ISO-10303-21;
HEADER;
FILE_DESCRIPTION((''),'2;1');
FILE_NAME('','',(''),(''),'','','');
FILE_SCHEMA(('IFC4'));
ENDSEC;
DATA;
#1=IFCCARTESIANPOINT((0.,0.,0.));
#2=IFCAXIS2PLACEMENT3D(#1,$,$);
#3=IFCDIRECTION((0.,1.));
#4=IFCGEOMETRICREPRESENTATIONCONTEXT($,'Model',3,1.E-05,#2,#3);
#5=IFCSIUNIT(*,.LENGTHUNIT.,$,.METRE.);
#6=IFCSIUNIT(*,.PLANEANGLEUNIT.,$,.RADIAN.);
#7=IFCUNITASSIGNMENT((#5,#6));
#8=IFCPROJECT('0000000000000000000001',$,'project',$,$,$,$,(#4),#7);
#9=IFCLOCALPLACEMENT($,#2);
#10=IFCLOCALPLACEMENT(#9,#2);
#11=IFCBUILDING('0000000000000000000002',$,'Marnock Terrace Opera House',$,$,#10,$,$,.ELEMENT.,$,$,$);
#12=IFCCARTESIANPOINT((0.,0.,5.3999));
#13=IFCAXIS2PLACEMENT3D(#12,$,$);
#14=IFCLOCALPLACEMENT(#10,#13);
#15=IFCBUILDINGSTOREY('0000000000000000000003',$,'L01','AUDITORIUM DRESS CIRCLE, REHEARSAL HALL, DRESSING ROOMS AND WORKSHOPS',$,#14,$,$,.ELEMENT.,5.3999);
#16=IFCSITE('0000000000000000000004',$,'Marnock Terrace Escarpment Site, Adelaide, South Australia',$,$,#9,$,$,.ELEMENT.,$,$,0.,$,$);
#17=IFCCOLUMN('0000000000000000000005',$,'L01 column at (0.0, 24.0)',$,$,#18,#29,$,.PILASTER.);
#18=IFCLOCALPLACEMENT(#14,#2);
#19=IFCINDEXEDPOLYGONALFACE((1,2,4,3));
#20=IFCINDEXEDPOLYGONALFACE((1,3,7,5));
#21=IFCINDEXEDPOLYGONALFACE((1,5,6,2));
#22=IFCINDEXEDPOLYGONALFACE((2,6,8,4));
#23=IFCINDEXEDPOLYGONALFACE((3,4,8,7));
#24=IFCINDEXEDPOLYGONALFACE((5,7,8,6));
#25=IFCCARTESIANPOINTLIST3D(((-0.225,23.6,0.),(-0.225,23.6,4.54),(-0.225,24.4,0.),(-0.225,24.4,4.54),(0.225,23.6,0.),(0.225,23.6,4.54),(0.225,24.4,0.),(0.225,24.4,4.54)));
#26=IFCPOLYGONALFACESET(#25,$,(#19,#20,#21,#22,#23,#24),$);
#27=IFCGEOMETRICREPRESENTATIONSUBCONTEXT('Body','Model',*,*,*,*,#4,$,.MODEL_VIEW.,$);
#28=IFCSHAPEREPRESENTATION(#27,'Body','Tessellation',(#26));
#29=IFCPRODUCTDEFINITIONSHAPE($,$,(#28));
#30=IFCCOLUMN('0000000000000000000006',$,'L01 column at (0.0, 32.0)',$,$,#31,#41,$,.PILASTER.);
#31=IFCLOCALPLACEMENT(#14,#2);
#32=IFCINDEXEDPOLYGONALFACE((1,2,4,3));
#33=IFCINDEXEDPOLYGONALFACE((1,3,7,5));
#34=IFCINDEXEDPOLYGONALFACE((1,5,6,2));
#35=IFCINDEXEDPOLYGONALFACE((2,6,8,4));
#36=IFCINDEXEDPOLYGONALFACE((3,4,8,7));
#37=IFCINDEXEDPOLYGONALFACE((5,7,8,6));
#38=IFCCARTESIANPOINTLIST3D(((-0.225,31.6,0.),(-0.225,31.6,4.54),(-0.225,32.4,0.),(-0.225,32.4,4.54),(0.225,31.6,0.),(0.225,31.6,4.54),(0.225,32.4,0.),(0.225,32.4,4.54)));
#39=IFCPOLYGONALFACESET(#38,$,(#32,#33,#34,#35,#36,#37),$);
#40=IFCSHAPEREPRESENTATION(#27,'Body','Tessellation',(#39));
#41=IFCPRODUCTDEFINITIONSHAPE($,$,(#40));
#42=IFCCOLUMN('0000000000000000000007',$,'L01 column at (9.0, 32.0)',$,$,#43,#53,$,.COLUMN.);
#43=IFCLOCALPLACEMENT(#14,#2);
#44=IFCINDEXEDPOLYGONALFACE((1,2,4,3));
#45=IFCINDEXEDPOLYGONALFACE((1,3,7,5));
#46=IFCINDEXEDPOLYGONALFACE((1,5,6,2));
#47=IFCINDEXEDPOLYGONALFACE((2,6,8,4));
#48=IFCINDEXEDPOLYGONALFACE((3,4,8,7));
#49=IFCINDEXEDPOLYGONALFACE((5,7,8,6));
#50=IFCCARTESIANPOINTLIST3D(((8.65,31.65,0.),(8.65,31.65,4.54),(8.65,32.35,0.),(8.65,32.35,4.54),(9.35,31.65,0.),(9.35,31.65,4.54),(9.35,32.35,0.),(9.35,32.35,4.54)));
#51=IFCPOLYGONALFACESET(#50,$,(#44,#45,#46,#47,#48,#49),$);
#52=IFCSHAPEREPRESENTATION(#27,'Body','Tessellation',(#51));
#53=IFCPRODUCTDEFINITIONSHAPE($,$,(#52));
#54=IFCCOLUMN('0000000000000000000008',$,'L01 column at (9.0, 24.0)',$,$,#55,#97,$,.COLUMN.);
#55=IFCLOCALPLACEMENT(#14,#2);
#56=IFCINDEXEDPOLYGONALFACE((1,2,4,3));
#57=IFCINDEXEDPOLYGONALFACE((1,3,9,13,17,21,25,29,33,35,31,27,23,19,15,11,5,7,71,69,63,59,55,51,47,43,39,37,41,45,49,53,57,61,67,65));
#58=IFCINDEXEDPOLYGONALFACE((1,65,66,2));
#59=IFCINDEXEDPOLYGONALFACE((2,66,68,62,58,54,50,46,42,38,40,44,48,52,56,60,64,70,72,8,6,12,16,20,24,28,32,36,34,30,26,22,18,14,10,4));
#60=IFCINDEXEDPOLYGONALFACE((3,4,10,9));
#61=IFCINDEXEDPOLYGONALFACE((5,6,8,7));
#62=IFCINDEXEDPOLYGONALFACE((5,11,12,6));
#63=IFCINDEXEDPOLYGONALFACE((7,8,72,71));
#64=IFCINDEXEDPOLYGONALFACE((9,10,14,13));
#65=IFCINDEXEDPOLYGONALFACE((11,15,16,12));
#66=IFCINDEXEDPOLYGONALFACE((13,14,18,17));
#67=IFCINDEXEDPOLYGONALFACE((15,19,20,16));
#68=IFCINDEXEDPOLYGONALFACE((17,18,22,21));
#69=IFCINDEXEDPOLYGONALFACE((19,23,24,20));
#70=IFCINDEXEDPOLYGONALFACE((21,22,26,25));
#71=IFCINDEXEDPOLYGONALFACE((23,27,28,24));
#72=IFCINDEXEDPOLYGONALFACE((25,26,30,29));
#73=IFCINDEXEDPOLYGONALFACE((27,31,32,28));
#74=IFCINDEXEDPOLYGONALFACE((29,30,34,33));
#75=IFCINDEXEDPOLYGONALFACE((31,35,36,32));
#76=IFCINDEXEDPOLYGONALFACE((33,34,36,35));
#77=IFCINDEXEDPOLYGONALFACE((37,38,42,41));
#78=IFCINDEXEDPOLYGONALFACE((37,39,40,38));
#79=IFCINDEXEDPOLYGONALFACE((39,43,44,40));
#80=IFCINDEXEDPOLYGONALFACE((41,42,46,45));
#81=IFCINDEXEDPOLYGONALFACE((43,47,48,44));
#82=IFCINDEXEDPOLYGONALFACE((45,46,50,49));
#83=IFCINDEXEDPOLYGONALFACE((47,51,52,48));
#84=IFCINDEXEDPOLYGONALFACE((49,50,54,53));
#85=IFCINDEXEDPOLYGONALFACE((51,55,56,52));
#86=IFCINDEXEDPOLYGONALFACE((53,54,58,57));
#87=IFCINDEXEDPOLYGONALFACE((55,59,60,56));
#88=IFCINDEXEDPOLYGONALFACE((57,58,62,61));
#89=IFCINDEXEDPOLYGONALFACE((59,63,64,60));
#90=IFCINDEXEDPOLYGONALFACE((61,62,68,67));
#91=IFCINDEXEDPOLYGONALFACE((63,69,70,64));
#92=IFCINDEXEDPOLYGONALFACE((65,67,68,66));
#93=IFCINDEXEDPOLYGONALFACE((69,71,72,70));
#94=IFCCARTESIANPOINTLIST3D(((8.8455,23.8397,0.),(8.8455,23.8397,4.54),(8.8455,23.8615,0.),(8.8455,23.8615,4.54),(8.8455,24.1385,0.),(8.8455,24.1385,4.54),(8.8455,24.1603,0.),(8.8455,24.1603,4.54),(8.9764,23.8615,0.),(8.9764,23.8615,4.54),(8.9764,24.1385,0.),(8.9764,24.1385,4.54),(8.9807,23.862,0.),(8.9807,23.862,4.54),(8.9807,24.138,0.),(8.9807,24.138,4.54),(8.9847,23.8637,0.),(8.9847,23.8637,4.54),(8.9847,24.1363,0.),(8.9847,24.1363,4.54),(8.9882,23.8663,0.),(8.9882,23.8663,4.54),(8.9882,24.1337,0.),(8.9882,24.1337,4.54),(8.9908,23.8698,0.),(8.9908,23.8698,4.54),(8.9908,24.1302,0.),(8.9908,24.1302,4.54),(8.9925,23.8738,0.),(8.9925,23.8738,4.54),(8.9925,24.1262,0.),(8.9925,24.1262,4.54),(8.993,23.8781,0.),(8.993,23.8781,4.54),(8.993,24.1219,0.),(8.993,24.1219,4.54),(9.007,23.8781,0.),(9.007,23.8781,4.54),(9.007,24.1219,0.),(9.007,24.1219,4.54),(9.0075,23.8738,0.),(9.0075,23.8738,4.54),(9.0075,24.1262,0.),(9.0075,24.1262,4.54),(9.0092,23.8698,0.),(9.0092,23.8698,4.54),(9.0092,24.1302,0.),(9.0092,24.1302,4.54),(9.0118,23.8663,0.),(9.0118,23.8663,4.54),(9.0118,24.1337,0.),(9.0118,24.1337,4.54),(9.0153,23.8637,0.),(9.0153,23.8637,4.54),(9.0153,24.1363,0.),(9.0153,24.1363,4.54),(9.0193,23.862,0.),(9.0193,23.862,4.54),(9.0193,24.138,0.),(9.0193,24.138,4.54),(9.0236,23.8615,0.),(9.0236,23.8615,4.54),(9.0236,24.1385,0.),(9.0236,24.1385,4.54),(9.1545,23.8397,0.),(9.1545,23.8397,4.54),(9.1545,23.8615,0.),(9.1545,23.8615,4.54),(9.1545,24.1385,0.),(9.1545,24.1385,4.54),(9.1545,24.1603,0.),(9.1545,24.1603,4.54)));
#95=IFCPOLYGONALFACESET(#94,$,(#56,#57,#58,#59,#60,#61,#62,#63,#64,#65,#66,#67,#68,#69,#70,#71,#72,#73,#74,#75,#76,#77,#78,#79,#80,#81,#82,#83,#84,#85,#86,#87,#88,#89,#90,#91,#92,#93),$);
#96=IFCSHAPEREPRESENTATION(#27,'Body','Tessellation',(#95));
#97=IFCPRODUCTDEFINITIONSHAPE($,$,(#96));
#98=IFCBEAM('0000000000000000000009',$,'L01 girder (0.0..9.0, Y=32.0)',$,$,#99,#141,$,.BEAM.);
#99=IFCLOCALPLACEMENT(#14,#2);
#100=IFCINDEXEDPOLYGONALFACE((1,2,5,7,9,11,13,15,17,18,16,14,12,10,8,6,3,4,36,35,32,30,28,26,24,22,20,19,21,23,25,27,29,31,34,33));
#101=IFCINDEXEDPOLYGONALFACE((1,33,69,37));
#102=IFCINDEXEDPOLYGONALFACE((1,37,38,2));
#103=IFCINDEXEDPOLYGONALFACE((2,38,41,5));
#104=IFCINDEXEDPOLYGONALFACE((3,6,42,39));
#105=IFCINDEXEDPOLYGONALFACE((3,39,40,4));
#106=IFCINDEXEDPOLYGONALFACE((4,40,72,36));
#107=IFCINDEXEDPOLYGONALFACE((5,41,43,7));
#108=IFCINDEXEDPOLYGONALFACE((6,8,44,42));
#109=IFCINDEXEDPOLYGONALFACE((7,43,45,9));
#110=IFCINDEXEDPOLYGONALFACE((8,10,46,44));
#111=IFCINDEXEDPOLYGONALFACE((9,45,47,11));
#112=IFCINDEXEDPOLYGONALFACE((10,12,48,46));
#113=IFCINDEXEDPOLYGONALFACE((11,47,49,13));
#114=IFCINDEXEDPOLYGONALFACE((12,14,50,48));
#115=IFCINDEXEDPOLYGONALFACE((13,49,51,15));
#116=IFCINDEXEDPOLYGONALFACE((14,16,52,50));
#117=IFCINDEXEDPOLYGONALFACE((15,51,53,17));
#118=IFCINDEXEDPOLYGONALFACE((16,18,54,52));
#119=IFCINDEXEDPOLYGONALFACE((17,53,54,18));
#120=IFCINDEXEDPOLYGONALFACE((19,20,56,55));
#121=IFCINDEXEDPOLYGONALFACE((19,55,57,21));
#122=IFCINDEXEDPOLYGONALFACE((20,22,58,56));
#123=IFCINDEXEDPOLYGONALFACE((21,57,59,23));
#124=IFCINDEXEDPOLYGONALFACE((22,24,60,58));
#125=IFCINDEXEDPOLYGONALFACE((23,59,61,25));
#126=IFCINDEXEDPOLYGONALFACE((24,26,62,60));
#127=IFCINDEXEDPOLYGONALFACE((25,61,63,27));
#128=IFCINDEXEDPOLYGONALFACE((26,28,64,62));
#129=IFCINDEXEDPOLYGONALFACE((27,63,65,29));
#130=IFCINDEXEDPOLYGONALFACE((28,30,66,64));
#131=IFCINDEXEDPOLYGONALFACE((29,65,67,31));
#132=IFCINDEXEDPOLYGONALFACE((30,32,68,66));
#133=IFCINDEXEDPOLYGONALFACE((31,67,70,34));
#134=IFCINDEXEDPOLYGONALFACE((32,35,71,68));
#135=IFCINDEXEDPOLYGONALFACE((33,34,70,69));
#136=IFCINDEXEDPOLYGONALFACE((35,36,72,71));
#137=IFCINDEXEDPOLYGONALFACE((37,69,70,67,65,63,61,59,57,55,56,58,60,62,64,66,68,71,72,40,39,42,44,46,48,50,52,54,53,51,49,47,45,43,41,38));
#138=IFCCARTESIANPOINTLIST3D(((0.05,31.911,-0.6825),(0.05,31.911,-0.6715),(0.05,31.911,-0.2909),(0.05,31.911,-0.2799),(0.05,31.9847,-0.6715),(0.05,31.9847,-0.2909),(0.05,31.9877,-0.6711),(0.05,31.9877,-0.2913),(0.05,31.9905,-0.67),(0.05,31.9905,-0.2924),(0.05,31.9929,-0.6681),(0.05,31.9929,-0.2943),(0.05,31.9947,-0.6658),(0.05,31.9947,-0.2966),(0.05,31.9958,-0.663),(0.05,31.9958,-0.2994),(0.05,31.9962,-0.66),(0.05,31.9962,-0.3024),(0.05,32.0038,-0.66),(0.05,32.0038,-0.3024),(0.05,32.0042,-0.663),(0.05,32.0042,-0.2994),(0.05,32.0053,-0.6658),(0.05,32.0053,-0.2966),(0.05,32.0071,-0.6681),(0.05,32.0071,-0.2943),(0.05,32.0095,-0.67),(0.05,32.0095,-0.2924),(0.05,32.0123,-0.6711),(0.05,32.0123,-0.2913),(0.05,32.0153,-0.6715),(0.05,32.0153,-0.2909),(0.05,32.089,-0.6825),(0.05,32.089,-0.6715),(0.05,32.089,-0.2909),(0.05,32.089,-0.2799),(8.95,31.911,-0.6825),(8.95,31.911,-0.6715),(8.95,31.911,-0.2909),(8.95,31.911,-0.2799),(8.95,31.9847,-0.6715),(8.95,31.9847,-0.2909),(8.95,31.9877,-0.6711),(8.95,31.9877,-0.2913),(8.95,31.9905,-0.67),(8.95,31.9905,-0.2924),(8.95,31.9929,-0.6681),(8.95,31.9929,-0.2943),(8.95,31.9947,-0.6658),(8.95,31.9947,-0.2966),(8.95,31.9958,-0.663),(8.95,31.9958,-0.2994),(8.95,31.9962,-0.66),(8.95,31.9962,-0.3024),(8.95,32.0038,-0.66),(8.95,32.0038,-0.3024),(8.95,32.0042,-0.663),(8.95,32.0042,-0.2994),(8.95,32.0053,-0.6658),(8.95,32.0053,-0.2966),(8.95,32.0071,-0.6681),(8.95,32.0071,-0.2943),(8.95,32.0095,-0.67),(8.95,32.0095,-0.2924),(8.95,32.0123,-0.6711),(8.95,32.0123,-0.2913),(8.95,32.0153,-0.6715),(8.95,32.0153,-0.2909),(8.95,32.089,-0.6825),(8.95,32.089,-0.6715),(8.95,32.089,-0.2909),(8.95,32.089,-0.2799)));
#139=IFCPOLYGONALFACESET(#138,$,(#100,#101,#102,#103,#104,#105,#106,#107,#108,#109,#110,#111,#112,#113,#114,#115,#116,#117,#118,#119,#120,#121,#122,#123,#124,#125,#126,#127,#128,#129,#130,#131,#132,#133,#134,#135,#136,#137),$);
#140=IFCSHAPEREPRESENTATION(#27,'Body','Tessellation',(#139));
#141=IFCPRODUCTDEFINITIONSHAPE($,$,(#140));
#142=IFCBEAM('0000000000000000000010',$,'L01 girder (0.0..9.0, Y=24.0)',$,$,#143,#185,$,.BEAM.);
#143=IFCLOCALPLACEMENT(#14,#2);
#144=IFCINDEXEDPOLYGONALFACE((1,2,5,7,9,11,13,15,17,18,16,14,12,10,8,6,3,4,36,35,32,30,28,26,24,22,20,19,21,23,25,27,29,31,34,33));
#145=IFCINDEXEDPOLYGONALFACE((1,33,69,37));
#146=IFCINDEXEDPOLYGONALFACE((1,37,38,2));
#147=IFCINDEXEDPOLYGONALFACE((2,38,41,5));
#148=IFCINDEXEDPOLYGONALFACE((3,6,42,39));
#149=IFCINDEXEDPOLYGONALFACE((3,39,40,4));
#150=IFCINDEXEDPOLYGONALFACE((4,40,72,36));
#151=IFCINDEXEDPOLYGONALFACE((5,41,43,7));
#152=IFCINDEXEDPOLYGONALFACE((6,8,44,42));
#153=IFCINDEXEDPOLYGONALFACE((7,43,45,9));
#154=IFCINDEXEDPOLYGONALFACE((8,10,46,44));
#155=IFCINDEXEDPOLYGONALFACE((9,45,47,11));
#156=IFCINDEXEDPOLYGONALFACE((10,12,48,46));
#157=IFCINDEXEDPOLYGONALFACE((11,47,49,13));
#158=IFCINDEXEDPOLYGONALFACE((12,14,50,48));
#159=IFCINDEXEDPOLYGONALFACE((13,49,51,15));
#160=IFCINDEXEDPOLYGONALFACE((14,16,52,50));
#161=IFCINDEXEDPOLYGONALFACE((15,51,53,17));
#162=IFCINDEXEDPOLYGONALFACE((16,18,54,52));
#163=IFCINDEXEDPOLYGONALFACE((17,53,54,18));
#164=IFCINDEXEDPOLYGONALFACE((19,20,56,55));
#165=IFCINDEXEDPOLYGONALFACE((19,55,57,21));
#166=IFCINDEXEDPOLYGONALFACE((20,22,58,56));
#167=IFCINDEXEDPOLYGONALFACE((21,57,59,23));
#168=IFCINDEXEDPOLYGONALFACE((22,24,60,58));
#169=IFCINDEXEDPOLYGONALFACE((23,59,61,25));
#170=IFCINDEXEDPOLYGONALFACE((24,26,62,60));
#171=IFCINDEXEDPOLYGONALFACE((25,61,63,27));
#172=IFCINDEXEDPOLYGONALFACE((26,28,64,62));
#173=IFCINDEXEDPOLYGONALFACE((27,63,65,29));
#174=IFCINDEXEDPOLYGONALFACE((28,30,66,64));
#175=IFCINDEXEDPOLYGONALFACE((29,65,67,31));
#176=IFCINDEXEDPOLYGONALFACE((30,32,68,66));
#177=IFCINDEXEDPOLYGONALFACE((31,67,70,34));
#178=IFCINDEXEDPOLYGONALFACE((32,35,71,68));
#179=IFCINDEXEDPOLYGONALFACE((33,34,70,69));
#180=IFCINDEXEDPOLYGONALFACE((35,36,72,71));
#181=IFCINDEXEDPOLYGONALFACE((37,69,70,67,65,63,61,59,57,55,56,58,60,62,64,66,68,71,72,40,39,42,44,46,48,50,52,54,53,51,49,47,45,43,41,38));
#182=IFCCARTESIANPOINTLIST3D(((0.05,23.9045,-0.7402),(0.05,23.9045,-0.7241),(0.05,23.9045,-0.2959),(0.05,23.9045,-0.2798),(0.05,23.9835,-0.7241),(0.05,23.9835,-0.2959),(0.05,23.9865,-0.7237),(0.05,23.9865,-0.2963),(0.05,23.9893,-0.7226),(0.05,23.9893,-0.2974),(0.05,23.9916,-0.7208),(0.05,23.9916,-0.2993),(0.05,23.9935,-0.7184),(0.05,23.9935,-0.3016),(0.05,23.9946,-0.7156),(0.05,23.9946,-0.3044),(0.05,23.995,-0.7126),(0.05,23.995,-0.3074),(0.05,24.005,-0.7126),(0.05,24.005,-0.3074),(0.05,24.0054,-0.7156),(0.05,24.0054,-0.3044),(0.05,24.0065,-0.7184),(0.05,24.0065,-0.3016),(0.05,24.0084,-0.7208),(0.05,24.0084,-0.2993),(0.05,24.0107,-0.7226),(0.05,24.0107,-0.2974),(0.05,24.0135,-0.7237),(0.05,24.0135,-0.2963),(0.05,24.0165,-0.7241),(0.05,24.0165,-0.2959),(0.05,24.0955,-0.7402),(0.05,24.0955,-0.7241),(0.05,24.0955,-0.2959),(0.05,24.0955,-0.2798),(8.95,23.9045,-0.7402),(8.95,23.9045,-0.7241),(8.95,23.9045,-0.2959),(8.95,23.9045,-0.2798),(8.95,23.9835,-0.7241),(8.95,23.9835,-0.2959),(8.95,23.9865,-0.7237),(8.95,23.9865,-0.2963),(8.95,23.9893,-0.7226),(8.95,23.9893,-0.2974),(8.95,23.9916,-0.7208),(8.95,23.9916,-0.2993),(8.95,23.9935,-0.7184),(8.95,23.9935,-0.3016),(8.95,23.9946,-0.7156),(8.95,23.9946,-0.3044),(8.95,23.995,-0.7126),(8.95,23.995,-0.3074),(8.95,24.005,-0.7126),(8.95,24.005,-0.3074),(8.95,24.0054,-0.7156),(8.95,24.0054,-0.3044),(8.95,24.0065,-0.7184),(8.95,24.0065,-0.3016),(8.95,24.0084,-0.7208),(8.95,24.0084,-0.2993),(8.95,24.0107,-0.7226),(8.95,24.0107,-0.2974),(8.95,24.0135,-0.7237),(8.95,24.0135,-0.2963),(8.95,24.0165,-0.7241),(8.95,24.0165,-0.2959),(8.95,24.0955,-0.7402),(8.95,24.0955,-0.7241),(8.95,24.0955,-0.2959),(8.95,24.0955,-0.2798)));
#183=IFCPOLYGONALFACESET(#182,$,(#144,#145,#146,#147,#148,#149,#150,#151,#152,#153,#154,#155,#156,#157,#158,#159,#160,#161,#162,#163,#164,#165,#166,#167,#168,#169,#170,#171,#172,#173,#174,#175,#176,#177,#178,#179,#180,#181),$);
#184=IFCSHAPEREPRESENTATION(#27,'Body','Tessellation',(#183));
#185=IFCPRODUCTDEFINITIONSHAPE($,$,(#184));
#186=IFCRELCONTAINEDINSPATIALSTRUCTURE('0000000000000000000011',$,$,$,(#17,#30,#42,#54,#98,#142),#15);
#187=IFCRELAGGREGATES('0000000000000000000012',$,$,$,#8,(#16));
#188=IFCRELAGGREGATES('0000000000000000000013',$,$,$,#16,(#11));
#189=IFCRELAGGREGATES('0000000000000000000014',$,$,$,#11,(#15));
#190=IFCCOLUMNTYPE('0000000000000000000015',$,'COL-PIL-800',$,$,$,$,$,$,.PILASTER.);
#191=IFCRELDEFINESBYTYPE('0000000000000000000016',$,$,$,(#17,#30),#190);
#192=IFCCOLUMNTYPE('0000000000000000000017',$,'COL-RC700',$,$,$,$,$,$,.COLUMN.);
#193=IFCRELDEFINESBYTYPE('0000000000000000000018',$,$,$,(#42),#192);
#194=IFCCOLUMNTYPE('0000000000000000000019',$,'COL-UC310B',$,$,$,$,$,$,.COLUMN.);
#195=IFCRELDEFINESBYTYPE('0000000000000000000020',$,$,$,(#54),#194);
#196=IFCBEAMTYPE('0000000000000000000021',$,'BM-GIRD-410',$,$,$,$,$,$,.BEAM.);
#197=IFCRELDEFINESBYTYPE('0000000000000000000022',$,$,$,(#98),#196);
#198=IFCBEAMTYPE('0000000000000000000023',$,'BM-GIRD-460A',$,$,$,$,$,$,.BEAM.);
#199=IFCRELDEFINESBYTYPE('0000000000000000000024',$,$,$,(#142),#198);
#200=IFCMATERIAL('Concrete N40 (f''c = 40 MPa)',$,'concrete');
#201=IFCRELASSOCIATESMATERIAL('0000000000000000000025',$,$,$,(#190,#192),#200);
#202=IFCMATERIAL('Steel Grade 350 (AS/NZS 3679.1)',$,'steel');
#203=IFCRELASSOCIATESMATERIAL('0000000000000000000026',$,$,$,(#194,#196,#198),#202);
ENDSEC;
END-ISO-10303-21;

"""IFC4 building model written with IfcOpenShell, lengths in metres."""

from ifc_helpers import new_model, si_unit, direction, frame, origin, origin_2d, place, context, subcontext, project, spatial, rectangle, i_section, extrude, material, material_profile, profile_set, type_object, element, save


model = new_model("IFC4")

# Units and contexts
model_context = context("Model", 3, precision=1e-05, world=origin(), true_north=direction((0.0, 1.0)))
body_context = subcontext(model_context, "Body", "Model", "MODEL_VIEW")
ifc_project = project(units=[si_unit("LENGTHUNIT", "METRE"), si_unit("PLANEANGLEUNIT", "RADIAN")], contexts=[model_context])

# Site, building, storey
site_placement = place(None, origin())
site = spatial("IfcSite", under=ifc_project, at=site_placement, Name="Marnock Terrace Escarpment Site, Adelaide, South Australia", CompositionType="ELEMENT", RefElevation=0.0)
building_placement = place(site_placement, origin())
building = spatial("IfcBuilding", under=site, at=building_placement, Name="Marnock Terrace Opera House", CompositionType="ELEMENT")
storey_placement = place(building_placement, frame((0.0, 0.0, 5.3999)))
storey = spatial("IfcBuildingStorey", under=building, at=storey_placement, Name="L01", Description="AUDITORIUM DRESS CIRCLE, REHEARSAL HALL, DRESSING ROOMS AND WORKSHOPS", CompositionType="ELEMENT", Elevation=5.3999)

# Columns
ifc_material_1 = material(Name="Concrete N40 (f'c = 40 MPa)", Category="concrete")
ifc_material_profile_1 = material_profile(ifc_material_1, rectangle(XDim=0.45, YDim=0.8, at=origin_2d()))
ifc_profile_set_1 = profile_set([ifc_material_profile_1], Name="Concrete N40 (f'c = 40 MPa)")
column_type_1 = type_object("IfcColumnType", Name="COL-PIL-800", PredefinedType="PILASTER", material=ifc_profile_set_1)
for number, where, z_axis, x_axis, name in (
    (1, (0.0, 24.0, 0.0), (0.0, 0.0, 1.0), (1.0, 0.0, 0.0), "L01 column at (0.0, 24.0)"),
    (2, (0.0, 32.0, 0.0), (0.0, 0.0, 1.0), (1.0, 0.0, 0.0), "L01 column at (0.0, 32.0)"),
):
    element("IfcColumn", number, at=place(storey_placement, frame(where, z_axis=z_axis, x_axis=x_axis)), inside=storey, type_object=column_type_1, Name=name, PredefinedType="PILASTER", context=body_context, shape_type="SweptSolid", body=[
        extrude(rectangle(XDim=0.45, YDim=0.8, at=origin_2d()), origin(), (0.0, 0.0, 1.0), 4.54),
    ])
ifc_material_profile_2 = material_profile(ifc_material_1, rectangle(XDim=0.7, YDim=0.7, at=origin_2d()))
ifc_profile_set_2 = profile_set([ifc_material_profile_2], Name="Concrete N40 (f'c = 40 MPa)")
column_type_2 = type_object("IfcColumnType", Name="COL-RC700", PredefinedType="COLUMN", material=ifc_profile_set_2)
column_1_placement = place(storey_placement, frame((9.0, 32.0, 0.0), z_axis=(0.0, 0.0, 1.0), x_axis=(1.0, 0.0, 0.0)))
element("IfcColumn", 3, at=column_1_placement, inside=storey, type_object=column_type_2, Name="L01 column at (9.0, 32.0)", PredefinedType="COLUMN", context=body_context, shape_type="SweptSolid", body=[
    extrude(rectangle(XDim=0.7, YDim=0.7, at=origin_2d()), origin(), (0.0, 0.0, 1.0), 4.54),
])
ifc_material_2 = material(Name="Steel Grade 350 (AS/NZS 3679.1)", Category="steel")
ifc_material_profile_3 = material_profile(ifc_material_2, i_section(OverallWidth=0.3091, OverallDepth=0.3206, WebThickness=0.0139, FlangeThickness=0.0217, FilletRadius=0.0166, at=origin_2d()))
ifc_profile_set_3 = profile_set([ifc_material_profile_3], Name="Steel Grade 350 (AS/NZS 3679.1)")
column_type_3 = type_object("IfcColumnType", Name="COL-UC310B", PredefinedType="COLUMN", material=ifc_profile_set_3)
column_2_placement = place(storey_placement, frame((9.0, 24.0, 0.0), z_axis=(0.0, 0.0, 1.0), x_axis=(1.0, 0.0, 0.0)))
element("IfcColumn", 4, at=column_2_placement, inside=storey, type_object=column_type_3, Name="L01 column at (9.0, 24.0)", PredefinedType="COLUMN", context=body_context, shape_type="SweptSolid", body=[
    extrude(i_section(OverallWidth=0.3091, OverallDepth=0.3206, WebThickness=0.0139, FlangeThickness=0.0217, FilletRadius=0.0166, at=origin_2d()), origin(), (0.0, 0.0, 1.0), 4.54),
])

# Beams
ifc_material_profile_4 = material_profile(ifc_material_2, i_section(OverallWidth=0.178, OverallDepth=0.4026, WebThickness=0.0076, FlangeThickness=0.011, FilletRadius=0.0115, at=origin_2d()))
ifc_profile_set_4 = profile_set([ifc_material_profile_4], Name="Steel Grade 350 (AS/NZS 3679.1)")
beam_type_1 = type_object("IfcBeamType", Name="BM-GIRD-410", PredefinedType="BEAM", material=ifc_profile_set_4)
beam_1_placement = place(storey_placement, frame((0.05, 32.0, -0.4812), z_axis=(1.0, 0.0, 0.0), x_axis=(0.0, 1.0, 0.0)))
element("IfcBeam", 5, at=beam_1_placement, inside=storey, type_object=beam_type_1, Name="L01 girder (0.0..9.0, Y=32.0)", PredefinedType="BEAM", context=body_context, shape_type="SweptSolid", body=[
    extrude(i_section(OverallWidth=0.178, OverallDepth=0.4026, WebThickness=0.0076, FlangeThickness=0.011, FilletRadius=0.0115, at=origin_2d()), origin(), (0.0, 0.0, 1.0), 8.8999),
])
ifc_material_profile_5 = material_profile(ifc_material_2, i_section(OverallWidth=0.1909, OverallDepth=0.4604, WebThickness=0.01, FlangeThickness=0.0161, FilletRadius=0.0115, at=origin_2d()))
ifc_profile_set_5 = profile_set([ifc_material_profile_5], Name="Steel Grade 350 (AS/NZS 3679.1)")
beam_type_2 = type_object("IfcBeamType", Name="BM-GIRD-460A", PredefinedType="BEAM", material=ifc_profile_set_5)
beam_2_placement = place(storey_placement, frame((0.05, 24.0, -0.51), z_axis=(1.0, 0.0, 0.0), x_axis=(0.0, 1.0, 0.0)))
element("IfcBeam", 6, at=beam_2_placement, inside=storey, type_object=beam_type_2, Name="L01 girder (0.0..9.0, Y=24.0)", PredefinedType="BEAM", context=body_context, shape_type="SweptSolid", body=[
    extrude(i_section(OverallWidth=0.1909, OverallDepth=0.4604, WebThickness=0.01, FlangeThickness=0.0161, FilletRadius=0.0115, at=origin_2d()), origin(), (0.0, 0.0, 1.0), 8.8999),
])

save(model, "model.ifc")
